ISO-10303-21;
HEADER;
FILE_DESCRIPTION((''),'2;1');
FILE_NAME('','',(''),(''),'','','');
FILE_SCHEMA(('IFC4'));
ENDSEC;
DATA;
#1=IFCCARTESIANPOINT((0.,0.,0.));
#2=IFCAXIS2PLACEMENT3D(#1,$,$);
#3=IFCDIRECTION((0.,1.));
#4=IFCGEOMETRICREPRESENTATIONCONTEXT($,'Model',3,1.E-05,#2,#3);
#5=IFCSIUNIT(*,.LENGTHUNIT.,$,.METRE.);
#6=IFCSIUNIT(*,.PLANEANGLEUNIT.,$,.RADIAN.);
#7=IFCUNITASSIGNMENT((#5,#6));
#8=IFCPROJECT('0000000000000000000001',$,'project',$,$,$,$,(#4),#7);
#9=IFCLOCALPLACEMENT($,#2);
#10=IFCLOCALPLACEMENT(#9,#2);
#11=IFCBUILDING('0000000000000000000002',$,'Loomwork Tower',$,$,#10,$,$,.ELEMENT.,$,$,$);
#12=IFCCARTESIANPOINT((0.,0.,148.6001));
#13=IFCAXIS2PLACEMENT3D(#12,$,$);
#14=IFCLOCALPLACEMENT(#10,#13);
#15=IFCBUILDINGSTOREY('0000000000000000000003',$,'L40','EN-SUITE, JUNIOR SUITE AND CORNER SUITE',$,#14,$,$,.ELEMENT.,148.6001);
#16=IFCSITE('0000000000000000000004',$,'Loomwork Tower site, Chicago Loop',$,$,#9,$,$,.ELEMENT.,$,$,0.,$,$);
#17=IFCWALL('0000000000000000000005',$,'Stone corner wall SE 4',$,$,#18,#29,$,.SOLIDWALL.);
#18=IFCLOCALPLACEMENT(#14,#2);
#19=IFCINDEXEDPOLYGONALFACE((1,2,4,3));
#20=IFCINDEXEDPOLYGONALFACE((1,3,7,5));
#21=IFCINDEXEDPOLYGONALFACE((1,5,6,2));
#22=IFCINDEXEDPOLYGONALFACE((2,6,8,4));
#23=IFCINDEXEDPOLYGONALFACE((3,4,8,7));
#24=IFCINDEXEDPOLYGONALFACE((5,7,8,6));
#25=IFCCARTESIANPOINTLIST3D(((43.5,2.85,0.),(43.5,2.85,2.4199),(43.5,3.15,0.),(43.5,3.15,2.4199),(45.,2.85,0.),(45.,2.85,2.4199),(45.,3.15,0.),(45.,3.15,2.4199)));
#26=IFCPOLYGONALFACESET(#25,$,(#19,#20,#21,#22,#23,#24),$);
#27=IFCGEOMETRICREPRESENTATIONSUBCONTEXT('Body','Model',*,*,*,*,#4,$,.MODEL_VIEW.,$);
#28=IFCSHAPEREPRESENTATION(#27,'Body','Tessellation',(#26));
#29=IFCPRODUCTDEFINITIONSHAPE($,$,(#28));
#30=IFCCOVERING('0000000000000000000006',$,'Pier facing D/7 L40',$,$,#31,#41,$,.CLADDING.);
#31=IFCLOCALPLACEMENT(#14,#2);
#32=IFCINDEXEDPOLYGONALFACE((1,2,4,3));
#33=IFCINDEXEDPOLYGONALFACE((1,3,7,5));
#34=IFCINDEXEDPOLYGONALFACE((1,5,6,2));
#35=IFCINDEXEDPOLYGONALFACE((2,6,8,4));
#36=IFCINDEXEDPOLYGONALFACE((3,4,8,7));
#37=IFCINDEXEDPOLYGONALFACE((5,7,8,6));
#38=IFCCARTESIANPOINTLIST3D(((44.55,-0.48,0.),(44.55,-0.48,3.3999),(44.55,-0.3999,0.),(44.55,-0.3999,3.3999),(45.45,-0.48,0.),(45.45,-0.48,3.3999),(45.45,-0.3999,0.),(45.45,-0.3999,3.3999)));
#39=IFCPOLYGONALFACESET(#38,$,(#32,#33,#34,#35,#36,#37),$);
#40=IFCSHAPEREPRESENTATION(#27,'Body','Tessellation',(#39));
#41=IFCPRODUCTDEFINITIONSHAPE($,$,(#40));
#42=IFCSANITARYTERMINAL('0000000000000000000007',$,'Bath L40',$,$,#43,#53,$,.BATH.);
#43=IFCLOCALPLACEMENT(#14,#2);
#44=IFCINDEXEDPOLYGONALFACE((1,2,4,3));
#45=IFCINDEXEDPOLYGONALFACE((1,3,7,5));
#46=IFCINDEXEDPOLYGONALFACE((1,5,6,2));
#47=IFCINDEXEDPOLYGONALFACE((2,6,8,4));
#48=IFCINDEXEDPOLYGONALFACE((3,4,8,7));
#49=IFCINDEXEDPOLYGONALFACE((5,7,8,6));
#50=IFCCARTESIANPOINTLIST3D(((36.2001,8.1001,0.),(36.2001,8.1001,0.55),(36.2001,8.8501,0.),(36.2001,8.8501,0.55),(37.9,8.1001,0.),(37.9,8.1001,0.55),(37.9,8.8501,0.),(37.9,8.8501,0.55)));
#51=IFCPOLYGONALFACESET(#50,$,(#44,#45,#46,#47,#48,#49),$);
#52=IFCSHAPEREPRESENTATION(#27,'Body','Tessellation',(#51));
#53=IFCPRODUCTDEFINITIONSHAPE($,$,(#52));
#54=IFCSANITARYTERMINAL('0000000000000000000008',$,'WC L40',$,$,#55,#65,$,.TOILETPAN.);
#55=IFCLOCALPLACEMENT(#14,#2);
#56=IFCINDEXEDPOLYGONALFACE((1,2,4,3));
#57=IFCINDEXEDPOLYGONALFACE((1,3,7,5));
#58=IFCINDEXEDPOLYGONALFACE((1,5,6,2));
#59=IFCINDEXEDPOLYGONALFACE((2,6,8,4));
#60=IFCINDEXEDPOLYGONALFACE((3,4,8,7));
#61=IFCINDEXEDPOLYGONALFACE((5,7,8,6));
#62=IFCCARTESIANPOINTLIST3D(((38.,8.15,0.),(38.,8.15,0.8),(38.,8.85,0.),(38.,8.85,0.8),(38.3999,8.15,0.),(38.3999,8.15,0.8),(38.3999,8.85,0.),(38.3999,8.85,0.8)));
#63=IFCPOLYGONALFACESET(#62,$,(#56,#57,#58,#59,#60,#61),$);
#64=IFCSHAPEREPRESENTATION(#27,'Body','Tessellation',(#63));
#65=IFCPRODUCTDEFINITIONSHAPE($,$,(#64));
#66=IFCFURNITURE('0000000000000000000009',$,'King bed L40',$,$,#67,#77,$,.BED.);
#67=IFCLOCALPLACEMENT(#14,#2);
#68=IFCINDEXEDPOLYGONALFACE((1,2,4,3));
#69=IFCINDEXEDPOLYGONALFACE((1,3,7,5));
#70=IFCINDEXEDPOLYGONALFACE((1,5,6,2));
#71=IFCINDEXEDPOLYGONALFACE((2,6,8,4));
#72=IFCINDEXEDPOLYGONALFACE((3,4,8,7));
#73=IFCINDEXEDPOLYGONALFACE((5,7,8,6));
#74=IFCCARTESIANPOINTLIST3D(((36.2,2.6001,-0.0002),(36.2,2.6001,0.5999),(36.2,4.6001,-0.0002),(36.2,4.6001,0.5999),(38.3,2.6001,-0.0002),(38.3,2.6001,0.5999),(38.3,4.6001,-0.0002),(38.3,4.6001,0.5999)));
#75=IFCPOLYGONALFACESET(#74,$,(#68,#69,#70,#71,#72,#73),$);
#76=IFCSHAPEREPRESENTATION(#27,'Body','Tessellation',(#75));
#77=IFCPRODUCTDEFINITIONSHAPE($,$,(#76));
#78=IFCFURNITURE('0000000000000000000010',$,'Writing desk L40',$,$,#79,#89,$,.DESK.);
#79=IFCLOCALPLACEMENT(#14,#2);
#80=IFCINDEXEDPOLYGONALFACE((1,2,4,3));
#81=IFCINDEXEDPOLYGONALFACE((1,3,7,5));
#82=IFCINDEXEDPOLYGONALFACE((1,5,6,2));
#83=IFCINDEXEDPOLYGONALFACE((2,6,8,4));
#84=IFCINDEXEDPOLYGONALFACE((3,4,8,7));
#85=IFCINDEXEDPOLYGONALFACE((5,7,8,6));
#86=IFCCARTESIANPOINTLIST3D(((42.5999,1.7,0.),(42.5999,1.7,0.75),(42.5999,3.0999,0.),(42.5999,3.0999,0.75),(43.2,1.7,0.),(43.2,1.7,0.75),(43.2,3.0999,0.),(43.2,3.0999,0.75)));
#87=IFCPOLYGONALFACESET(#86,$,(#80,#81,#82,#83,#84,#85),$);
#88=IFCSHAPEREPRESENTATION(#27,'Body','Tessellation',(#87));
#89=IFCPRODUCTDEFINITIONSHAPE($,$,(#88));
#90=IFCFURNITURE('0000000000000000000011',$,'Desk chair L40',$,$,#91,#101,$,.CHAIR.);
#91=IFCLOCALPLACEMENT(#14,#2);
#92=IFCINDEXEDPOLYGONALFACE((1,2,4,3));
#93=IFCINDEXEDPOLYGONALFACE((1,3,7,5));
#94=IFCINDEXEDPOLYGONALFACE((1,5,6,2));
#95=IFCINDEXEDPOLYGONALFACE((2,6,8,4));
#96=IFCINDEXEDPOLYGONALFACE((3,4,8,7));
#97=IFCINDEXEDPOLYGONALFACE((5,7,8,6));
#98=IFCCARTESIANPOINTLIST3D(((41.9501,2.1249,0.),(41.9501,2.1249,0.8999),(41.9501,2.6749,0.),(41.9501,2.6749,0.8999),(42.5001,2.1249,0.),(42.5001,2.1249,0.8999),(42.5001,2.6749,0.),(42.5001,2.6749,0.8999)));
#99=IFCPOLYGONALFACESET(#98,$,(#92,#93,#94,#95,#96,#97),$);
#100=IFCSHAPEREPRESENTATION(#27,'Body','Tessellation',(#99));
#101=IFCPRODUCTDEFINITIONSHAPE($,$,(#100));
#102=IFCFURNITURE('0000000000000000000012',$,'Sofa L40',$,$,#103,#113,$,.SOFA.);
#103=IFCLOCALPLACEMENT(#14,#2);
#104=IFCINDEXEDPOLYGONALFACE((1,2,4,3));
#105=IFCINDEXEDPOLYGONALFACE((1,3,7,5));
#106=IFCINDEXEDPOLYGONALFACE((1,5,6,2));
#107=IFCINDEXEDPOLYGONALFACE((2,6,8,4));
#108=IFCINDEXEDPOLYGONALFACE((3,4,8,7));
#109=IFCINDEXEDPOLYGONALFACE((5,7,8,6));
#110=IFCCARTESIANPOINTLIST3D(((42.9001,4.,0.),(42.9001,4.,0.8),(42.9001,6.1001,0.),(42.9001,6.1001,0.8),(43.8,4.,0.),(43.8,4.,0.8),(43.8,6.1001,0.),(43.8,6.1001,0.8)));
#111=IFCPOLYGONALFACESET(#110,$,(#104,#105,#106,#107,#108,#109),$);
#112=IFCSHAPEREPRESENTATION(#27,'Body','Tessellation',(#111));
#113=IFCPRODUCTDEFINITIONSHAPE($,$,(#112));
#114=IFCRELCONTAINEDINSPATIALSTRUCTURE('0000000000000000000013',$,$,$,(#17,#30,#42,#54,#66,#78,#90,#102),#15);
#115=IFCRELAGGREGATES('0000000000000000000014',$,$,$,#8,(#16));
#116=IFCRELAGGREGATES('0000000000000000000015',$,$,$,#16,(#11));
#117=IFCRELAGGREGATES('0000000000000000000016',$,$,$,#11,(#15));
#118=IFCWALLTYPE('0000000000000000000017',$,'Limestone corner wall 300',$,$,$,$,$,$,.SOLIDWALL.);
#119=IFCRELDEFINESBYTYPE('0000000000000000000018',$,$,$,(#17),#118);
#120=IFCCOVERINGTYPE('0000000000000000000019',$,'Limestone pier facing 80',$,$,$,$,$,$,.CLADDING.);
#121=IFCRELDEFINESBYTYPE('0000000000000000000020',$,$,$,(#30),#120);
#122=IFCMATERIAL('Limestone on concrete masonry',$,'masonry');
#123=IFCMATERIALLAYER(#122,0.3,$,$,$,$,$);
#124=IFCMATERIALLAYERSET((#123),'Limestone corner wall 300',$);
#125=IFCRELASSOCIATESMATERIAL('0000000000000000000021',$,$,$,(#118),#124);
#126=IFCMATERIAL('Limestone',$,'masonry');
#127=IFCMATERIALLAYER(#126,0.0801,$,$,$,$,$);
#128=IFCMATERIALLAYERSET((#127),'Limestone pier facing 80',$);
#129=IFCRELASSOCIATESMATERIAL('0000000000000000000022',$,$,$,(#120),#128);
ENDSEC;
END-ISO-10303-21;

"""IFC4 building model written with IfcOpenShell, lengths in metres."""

from ifc_helpers import new_model, si_unit, direction, frame, frame_2d, origin, origin_2d, place, context, subcontext, project, spatial, rectangle, extrude, material, layer, layer_set, type_object, element, save


model = new_model("IFC4")

# Units and contexts
model_context = context("Model", 3, precision=1e-05, world=origin(), true_north=direction((0.0, 1.0)))
body_context = subcontext(model_context, "Body", "Model", "MODEL_VIEW")
ifc_project = project(units=[si_unit("LENGTHUNIT", "METRE"), si_unit("PLANEANGLEUNIT", "RADIAN")], contexts=[model_context])

# Site, building, storey
site_placement = place(None, origin())
site = spatial("IfcSite", under=ifc_project, at=site_placement, Name="Loomwork Tower site, Chicago Loop", CompositionType="ELEMENT", RefElevation=0.0)
building_placement = place(site_placement, origin())
building = spatial("IfcBuilding", under=site, at=building_placement, Name="Loomwork Tower", CompositionType="ELEMENT")
storey_placement = place(building_placement, frame((0.0, 0.0, 148.6001)))
storey = spatial("IfcBuildingStorey", under=building, at=storey_placement, Name="L40", Description="EN-SUITE, JUNIOR SUITE AND CORNER SUITE", CompositionType="ELEMENT", Elevation=148.6001)

# Shared definitions
ifc_material_1 = material(Name="Limestone on concrete masonry", Category="masonry")
ifc_layer_1 = layer(ifc_material_1, 0.3)
ifc_layer_set_1 = layer_set([ifc_layer_1], Name="Limestone corner wall 300")
wall_type_1 = type_object("IfcWallType", Name="Limestone corner wall 300", PredefinedType="SOLIDWALL", material=ifc_layer_set_1)

# Wall
wall_1_placement = place(storey_placement, frame((43.5, 3.0, 0.0), z_axis=(0.0, 0.0, 1.0), x_axis=(1.0, 0.0, 0.0)))
element("IfcWall", 1, at=wall_1_placement, inside=storey, type_object=wall_type_1, Name="Stone corner wall SE 4", PredefinedType="SOLIDWALL", context=body_context, shape_type="SweptSolid", body=[
    extrude(rectangle(XDim=1.5, YDim=0.3, at=frame_2d((0.75, 0.0))), origin(), (0.0, 0.0, 1.0), 2.4199),
])

# Covering
ifc_material_2 = material(Name="Limestone", Category="masonry")
ifc_layer_2 = layer(ifc_material_2, 0.0801)
ifc_layer_set_2 = layer_set([ifc_layer_2], Name="Limestone pier facing 80")
covering_type = type_object("IfcCoveringType", Name="Limestone pier facing 80", PredefinedType="CLADDING", material=ifc_layer_set_2)
covering_placement = place(storey_placement, frame((45.0, -0.4399, 0.0), z_axis=(0.0, 0.0, 1.0), x_axis=(1.0, 0.0, 0.0)))
element("IfcCovering", 2, at=covering_placement, inside=storey, type_object=covering_type, Name="Pier facing D/7 L40", PredefinedType="CLADDING", context=body_context, shape_type="SweptSolid", body=[
    extrude(rectangle(XDim=0.8999, YDim=0.0801, at=origin_2d()), origin(), (0.0, 0.0, 1.0), 3.3999),
])

# Sanitary terminals
sanitary_terminal_1_placement = place(storey_placement, frame((37.05, 8.4751, 0.0), z_axis=(0.0, 0.0, 1.0), x_axis=(1.0, 0.0, 0.0)))
element("IfcSanitaryTerminal", 3, at=sanitary_terminal_1_placement, inside=storey, Name="Bath L40", PredefinedType="BATH", context=body_context, shape_type="SweptSolid", body=[
    extrude(rectangle(XDim=1.7, YDim=0.75, at=origin_2d()), origin(), (0.0, 0.0, 1.0), 0.55),
])
sanitary_terminal_2_placement = place(storey_placement, frame((38.2, 8.5, 0.0), z_axis=(0.0, 0.0, 1.0), x_axis=(1.0, 0.0, 0.0)))
element("IfcSanitaryTerminal", 4, at=sanitary_terminal_2_placement, inside=storey, Name="WC L40", PredefinedType="TOILETPAN", context=body_context, shape_type="SweptSolid", body=[
    extrude(rectangle(XDim=0.3999, YDim=0.7, at=origin_2d()), origin(), (0.0, 0.0, 1.0), 0.8),
])

# Furniture
furniture_1_placement = place(storey_placement, frame((37.25, 3.6001, -0.0002), z_axis=(0.0, 0.0, 1.0), x_axis=(1.0, 0.0, 0.0)))
element("IfcFurniture", 5, at=furniture_1_placement, inside=storey, Name="King bed L40", PredefinedType="BED", context=body_context, shape_type="SweptSolid", body=[
    extrude(rectangle(XDim=2.1001, YDim=2.0, at=origin_2d()), origin(), (0.0, 0.0, 1.0), 0.6001),
])
furniture_2_placement = place(storey_placement, frame((42.8999, 2.3999, 0.0), z_axis=(0.0, 0.0, 1.0), x_axis=(1.0, 0.0, 0.0)))
element("IfcFurniture", 6, at=furniture_2_placement, inside=storey, Name="Writing desk L40", PredefinedType="DESK", context=body_context, shape_type="SweptSolid", body=[
    extrude(rectangle(XDim=0.6001, YDim=1.3999, at=origin_2d()), origin(), (0.0, 0.0, 1.0), 0.75),
])
furniture_3_placement = place(storey_placement, frame((42.2251, 2.3999, 0.0), z_axis=(0.0, 0.0, 1.0), x_axis=(1.0, 0.0, 0.0)))
element("IfcFurniture", 7, at=furniture_3_placement, inside=storey, Name="Desk chair L40", PredefinedType="CHAIR", context=body_context, shape_type="SweptSolid", body=[
    extrude(rectangle(XDim=0.55, YDim=0.55, at=origin_2d()), origin(), (0.0, 0.0, 1.0), 0.8999),
])
furniture_4_placement = place(storey_placement, frame((43.3501, 5.05, 0.0), z_axis=(0.0, 0.0, 1.0), x_axis=(1.0, 0.0, 0.0)))
element("IfcFurniture", 8, at=furniture_4_placement, inside=storey, Name="Sofa L40", PredefinedType="SOFA", context=body_context, shape_type="SweptSolid", body=[
    extrude(rectangle(XDim=0.8999, YDim=2.1001, at=origin_2d()), origin(), (0.0, 0.0, 1.0), 0.8),
])

save(model, "model.ifc")
